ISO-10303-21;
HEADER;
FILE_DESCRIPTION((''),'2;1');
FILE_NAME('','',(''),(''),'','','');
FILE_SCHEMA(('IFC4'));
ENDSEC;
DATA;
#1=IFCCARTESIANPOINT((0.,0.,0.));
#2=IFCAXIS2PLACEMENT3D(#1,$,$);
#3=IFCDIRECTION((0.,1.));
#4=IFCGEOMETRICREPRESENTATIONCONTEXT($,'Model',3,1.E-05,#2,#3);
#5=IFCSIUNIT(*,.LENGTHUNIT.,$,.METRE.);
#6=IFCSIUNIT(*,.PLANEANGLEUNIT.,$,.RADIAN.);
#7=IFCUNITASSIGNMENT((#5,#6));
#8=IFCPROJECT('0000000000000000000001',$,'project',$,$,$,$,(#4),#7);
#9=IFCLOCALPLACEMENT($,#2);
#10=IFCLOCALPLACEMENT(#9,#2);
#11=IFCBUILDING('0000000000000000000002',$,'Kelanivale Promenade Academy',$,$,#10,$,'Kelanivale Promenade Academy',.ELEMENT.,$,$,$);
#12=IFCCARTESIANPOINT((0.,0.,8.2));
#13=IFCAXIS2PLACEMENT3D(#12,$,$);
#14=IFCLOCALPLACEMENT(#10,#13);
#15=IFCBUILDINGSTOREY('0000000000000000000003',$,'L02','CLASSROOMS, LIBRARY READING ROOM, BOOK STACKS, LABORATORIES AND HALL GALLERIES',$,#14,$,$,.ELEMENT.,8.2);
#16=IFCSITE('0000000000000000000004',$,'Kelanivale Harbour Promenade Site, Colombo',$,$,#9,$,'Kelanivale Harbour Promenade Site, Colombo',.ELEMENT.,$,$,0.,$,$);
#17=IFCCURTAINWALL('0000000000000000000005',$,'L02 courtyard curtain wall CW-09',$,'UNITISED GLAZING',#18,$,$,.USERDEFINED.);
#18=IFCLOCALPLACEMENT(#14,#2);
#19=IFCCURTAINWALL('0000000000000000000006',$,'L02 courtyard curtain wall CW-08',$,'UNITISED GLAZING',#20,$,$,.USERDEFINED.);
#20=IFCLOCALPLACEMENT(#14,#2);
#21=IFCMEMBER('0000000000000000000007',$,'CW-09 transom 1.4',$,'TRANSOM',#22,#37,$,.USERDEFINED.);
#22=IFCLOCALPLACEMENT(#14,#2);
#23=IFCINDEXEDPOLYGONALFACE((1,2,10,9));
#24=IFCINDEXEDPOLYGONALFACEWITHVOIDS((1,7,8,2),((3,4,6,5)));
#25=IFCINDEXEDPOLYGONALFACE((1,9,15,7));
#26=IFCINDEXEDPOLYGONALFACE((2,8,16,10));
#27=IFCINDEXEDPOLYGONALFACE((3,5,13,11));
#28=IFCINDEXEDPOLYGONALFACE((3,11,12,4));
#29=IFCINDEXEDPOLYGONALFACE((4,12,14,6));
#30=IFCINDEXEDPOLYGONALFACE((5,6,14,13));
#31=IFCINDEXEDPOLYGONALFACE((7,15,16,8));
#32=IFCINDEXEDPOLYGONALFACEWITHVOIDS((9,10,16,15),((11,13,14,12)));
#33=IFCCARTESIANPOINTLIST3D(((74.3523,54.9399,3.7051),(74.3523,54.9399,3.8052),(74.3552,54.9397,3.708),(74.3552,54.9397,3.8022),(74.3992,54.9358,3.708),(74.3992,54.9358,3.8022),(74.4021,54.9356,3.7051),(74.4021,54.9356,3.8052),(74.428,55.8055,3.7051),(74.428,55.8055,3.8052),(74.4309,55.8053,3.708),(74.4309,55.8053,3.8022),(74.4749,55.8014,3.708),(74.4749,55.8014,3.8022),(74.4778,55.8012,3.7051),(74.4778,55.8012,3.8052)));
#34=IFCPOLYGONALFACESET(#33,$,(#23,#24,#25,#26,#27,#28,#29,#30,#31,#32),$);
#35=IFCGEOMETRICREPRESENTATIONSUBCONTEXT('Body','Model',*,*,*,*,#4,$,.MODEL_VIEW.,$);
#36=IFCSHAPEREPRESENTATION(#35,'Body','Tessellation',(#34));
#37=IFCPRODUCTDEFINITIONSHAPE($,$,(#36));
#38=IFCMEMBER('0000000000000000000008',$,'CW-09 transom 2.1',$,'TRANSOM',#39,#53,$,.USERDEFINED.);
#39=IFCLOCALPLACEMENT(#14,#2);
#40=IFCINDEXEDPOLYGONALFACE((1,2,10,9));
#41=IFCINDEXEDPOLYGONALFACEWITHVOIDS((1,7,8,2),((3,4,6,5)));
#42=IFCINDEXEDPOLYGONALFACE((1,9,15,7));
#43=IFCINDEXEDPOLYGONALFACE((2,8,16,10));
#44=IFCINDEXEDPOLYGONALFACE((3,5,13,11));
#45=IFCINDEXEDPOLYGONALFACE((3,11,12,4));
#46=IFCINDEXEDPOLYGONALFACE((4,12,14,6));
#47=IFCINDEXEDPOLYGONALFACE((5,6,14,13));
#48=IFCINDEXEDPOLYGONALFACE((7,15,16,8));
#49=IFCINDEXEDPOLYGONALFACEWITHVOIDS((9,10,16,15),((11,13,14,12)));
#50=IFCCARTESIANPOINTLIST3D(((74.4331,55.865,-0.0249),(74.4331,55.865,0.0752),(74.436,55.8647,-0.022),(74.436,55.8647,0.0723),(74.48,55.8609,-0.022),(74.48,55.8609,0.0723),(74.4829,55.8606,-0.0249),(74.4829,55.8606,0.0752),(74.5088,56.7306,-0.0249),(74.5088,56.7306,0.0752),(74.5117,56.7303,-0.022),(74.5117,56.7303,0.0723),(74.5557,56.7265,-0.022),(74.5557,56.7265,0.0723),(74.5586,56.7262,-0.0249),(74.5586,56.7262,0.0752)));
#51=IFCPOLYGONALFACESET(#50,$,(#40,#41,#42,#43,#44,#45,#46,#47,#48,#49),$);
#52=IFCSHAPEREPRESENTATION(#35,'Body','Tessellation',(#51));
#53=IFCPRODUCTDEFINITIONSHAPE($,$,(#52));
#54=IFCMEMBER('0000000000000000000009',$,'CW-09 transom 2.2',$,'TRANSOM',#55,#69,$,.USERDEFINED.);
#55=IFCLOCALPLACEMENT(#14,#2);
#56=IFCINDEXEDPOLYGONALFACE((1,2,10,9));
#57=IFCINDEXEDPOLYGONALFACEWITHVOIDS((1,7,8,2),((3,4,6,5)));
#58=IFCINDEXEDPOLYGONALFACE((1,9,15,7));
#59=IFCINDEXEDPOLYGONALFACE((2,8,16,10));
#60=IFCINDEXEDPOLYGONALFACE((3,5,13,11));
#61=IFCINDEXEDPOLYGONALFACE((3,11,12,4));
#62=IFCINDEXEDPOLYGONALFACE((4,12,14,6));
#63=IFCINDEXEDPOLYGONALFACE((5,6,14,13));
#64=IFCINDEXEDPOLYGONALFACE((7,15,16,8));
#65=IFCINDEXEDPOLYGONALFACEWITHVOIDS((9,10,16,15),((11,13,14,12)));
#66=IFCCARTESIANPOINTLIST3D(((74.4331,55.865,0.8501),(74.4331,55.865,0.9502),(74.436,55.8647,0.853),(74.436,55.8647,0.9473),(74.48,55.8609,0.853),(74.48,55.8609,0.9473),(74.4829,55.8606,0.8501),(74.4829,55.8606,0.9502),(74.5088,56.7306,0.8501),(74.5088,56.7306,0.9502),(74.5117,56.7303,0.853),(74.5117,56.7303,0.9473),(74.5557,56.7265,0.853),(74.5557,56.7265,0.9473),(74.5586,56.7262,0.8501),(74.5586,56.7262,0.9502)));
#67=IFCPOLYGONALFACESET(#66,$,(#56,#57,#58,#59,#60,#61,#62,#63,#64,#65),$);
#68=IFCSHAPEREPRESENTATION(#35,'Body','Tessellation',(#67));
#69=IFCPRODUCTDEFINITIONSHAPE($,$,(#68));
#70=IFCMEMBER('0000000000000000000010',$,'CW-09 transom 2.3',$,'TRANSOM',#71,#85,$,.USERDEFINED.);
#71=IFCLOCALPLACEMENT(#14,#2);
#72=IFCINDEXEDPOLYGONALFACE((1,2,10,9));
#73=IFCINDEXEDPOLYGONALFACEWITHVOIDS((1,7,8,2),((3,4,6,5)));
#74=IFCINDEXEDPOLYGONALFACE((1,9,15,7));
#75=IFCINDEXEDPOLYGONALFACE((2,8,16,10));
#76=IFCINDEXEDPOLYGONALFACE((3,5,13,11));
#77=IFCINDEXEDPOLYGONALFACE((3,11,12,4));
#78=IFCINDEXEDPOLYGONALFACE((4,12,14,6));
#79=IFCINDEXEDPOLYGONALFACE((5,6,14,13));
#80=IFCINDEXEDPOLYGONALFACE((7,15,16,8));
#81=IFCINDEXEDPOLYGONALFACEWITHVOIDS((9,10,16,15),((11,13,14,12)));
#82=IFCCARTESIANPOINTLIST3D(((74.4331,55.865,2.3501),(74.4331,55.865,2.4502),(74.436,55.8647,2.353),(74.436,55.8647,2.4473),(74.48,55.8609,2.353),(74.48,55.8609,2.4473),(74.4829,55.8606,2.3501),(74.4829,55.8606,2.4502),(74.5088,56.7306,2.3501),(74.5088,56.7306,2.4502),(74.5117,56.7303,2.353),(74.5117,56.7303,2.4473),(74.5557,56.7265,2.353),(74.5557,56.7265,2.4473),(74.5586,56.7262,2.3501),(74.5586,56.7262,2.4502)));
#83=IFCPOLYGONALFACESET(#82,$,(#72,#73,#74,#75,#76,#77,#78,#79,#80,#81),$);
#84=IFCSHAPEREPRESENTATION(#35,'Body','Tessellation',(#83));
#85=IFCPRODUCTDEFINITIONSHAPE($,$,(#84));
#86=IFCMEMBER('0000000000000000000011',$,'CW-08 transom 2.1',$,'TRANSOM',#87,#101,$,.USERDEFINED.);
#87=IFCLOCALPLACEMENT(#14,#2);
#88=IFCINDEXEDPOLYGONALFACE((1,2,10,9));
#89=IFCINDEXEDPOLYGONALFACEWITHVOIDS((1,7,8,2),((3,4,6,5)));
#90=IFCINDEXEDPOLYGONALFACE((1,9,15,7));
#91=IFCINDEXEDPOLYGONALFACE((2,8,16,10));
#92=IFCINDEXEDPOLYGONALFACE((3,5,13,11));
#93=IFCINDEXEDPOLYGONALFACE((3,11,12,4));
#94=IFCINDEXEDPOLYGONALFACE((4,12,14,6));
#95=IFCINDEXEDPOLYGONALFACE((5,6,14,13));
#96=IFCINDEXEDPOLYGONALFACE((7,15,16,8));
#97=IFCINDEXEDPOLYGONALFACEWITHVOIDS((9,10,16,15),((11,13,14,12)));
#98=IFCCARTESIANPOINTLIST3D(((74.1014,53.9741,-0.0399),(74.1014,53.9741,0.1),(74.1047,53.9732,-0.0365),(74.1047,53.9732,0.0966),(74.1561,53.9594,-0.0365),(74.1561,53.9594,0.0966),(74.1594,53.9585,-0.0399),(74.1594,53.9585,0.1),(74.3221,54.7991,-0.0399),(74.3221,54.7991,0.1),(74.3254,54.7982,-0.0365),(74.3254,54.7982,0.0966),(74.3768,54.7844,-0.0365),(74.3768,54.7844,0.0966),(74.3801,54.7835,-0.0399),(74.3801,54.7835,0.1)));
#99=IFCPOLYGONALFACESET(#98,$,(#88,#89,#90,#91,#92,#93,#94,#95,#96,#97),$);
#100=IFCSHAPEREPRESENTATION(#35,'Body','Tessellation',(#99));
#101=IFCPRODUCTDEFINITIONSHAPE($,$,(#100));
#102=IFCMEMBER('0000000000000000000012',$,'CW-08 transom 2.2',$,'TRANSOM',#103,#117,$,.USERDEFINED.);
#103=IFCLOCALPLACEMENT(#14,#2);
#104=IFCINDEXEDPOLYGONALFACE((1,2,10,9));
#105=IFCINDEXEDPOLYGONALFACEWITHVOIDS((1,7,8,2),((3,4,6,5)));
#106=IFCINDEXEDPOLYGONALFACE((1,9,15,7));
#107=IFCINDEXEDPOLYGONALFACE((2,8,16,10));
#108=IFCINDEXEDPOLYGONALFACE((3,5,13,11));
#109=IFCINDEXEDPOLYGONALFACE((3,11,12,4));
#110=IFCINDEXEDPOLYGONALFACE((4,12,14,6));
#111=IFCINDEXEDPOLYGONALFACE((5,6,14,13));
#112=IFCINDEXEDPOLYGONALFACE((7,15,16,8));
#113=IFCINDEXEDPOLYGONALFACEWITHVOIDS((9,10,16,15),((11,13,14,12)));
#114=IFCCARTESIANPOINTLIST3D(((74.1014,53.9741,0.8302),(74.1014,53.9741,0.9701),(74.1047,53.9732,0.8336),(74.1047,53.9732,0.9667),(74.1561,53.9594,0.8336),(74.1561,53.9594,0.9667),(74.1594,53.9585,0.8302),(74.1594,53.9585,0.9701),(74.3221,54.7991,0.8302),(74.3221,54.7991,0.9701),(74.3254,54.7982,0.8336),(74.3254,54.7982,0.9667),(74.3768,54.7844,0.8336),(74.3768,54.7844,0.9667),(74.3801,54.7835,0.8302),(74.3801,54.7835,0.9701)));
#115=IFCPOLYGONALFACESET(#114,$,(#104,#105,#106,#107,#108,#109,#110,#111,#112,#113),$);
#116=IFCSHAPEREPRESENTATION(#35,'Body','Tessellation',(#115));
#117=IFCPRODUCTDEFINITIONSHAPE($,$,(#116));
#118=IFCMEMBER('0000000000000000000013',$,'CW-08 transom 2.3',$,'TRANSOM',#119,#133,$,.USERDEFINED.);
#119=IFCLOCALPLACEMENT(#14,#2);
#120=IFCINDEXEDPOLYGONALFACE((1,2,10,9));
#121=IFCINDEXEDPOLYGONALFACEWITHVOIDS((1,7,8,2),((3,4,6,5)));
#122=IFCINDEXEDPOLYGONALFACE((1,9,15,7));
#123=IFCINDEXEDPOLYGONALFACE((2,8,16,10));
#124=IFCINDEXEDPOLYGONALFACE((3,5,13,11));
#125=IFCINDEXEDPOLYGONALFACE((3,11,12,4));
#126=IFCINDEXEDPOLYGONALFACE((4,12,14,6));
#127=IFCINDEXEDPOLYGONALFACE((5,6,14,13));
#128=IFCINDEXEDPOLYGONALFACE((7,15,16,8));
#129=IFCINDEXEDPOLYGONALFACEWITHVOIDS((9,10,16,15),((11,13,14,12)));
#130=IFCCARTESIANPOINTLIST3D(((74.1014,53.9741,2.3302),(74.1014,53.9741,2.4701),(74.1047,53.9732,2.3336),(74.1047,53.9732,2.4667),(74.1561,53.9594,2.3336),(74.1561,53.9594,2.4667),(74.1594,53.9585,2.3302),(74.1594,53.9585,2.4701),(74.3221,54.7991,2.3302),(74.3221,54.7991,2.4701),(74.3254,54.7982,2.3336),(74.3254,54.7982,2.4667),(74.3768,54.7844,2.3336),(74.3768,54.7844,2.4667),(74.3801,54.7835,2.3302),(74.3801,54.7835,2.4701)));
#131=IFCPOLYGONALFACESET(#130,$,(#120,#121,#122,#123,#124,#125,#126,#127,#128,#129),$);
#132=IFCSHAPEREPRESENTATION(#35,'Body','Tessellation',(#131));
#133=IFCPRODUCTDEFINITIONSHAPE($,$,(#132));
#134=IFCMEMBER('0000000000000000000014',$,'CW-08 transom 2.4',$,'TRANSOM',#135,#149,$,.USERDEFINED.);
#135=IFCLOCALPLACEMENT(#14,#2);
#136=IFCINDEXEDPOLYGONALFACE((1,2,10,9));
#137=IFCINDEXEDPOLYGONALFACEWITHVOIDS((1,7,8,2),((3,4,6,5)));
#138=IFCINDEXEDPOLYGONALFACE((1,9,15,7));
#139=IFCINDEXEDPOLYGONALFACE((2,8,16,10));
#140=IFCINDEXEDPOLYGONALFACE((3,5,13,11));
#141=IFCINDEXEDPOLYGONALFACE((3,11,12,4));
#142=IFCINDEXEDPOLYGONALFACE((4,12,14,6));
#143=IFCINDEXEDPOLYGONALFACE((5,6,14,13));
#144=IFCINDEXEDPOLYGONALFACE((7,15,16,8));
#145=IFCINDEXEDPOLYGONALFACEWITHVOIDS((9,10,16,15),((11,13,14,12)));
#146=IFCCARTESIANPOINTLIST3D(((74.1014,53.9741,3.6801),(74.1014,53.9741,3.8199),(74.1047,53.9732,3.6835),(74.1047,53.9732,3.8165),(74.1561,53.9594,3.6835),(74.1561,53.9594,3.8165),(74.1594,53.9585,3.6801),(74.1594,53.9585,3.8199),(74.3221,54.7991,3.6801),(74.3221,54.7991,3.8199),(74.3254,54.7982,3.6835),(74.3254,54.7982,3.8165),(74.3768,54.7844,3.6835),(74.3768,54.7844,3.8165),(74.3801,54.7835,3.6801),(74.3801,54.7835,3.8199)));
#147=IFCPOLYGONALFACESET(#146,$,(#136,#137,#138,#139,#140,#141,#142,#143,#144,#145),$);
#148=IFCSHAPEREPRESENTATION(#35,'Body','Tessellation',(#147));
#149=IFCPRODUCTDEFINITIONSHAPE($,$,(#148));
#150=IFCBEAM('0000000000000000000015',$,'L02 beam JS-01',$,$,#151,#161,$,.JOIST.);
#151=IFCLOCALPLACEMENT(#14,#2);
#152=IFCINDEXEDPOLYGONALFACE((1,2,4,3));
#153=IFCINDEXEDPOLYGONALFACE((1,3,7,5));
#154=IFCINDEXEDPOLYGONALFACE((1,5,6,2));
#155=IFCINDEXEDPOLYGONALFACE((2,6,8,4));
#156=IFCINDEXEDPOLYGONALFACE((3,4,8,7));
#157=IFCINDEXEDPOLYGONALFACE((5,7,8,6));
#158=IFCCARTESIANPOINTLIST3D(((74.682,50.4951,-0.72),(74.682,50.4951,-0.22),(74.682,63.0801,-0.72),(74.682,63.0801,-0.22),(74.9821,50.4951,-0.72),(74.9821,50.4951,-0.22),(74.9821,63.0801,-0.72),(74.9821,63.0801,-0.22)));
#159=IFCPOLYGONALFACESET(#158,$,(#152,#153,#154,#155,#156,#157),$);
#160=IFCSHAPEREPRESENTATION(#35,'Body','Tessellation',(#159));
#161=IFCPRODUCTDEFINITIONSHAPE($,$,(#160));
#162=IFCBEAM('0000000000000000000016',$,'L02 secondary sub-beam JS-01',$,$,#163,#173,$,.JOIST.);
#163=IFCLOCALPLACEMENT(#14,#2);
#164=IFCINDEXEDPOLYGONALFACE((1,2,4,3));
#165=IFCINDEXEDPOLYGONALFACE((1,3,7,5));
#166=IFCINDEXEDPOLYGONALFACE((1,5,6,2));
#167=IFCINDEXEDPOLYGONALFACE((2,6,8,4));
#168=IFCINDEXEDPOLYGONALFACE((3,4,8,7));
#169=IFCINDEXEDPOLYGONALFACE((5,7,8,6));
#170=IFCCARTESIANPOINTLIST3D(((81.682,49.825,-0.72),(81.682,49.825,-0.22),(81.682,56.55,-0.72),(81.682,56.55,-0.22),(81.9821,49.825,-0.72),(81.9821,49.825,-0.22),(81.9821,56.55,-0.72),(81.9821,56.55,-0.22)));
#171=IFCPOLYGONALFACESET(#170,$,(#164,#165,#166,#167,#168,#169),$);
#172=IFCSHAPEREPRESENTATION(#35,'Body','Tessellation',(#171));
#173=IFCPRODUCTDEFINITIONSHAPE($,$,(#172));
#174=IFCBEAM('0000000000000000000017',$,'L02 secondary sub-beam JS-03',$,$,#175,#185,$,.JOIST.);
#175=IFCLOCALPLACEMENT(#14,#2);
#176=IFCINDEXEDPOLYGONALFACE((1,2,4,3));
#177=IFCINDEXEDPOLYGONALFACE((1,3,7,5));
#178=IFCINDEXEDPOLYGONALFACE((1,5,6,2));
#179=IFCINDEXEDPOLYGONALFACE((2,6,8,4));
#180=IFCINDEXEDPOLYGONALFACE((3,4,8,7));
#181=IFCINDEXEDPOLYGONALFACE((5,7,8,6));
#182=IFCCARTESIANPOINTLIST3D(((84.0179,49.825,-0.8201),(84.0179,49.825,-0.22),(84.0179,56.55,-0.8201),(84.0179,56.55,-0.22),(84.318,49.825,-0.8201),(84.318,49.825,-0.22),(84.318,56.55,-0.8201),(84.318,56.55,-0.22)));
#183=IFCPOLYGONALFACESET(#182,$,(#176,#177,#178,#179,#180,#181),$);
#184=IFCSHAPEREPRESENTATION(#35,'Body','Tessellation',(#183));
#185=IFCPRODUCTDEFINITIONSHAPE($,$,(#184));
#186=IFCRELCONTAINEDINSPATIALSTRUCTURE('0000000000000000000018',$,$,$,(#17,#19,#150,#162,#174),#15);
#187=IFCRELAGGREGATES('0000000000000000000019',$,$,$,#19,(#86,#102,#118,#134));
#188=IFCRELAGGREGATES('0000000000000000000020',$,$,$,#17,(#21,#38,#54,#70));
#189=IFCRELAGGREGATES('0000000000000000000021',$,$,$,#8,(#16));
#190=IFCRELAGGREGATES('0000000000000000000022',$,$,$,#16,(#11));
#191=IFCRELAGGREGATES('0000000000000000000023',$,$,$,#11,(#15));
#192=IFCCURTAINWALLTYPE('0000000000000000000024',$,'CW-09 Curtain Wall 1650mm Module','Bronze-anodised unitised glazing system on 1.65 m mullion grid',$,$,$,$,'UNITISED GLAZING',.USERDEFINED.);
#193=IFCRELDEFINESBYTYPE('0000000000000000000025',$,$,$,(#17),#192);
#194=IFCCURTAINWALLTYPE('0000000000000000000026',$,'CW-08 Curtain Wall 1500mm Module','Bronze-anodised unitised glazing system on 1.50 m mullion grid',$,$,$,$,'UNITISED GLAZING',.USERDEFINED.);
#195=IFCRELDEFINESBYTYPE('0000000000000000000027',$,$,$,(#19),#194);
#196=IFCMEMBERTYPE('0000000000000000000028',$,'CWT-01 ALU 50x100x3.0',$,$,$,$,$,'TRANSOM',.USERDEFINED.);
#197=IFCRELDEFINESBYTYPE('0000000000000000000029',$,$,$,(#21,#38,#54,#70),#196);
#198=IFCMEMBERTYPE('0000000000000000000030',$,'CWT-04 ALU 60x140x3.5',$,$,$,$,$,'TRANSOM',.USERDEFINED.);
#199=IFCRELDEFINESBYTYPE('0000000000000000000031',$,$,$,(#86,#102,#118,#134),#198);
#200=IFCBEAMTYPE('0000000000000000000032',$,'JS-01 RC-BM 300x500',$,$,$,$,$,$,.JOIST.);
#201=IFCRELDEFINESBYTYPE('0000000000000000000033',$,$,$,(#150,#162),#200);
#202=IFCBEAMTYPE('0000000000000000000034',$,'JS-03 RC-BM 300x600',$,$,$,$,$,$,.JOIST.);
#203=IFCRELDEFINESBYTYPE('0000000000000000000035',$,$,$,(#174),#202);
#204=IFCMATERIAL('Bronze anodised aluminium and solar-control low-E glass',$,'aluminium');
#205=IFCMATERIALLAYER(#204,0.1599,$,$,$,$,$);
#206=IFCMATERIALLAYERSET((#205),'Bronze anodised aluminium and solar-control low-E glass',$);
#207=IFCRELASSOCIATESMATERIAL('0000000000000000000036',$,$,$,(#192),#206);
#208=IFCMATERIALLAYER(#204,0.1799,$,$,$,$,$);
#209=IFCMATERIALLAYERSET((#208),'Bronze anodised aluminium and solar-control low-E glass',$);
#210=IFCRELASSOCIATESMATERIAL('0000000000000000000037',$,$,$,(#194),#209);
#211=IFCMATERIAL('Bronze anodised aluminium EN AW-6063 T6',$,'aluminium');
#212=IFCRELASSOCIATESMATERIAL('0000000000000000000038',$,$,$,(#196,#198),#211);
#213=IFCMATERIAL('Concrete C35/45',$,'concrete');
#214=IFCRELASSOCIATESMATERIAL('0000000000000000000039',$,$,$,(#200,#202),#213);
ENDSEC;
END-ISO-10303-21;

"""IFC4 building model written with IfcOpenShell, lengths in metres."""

from ifc_helpers import new_model, si_unit, direction, frame, origin, origin_2d, place, context, subcontext, project, spatial, rectangle, hollow_rectangle, extrude, material, layer, layer_set, material_profile, profile_set, type_object, element, aggregate, save


model = new_model("IFC4")

# Units and contexts
model_context = context("Model", 3, precision=1e-05, world=origin(), true_north=direction((0.0, 1.0)))
body_context = subcontext(model_context, "Body", "Model", "MODEL_VIEW")
ifc_project = project(units=[si_unit("LENGTHUNIT", "METRE"), si_unit("PLANEANGLEUNIT", "RADIAN")], contexts=[model_context])

# Site, building, storey
site_placement = place(None, origin())
site = spatial("IfcSite", under=ifc_project, at=site_placement, Name="Kelanivale Harbour Promenade Site, Colombo", LongName="Kelanivale Harbour Promenade Site, Colombo", CompositionType="ELEMENT", RefElevation=0.0)
building_placement = place(site_placement, origin())
building = spatial("IfcBuilding", under=site, at=building_placement, Name="Kelanivale Promenade Academy", LongName="Kelanivale Promenade Academy", CompositionType="ELEMENT")
storey_placement = place(building_placement, frame((0.0, 0.0, 8.2)))
storey = spatial("IfcBuildingStorey", under=building, at=storey_placement, Name="L02", Description="CLASSROOMS, LIBRARY READING ROOM, BOOK STACKS, LABORATORIES AND HALL GALLERIES", CompositionType="ELEMENT", Elevation=8.2)

# Shared definitions
ifc_material_1 = material(Name="Concrete C35/45", Category="concrete")

# Curtain wall
ifc_material_2 = material(Name="Bronze anodised aluminium and solar-control low-E glass", Category="aluminium")
ifc_layer_1 = layer(ifc_material_2, 0.1599)
ifc_layer_set_1 = layer_set([ifc_layer_1], Name="Bronze anodised aluminium and solar-control low-E glass")
curtain_wall_type_1 = type_object("IfcCurtainWallType", Name="CW-09 Curtain Wall 1650mm Module", Description="Bronze-anodised unitised glazing system on 1.65 m mullion grid", ElementType="UNITISED GLAZING", PredefinedType="USERDEFINED", material=ifc_layer_set_1)
curtain_wall_1_placement = place(storey_placement, origin())
curtain_wall_1 = element("IfcCurtainWall", 1, at=curtain_wall_1_placement, inside=storey, type_object=curtain_wall_type_1, Name="L02 courtyard curtain wall CW-09", ObjectType="UNITISED GLAZING", PredefinedType="USERDEFINED")
ifc_material_3 = material(Name="Bronze anodised aluminium EN AW-6063 T6", Category="aluminium")

# Curtain wall
ifc_layer_2 = layer(ifc_material_2, 0.1799)
ifc_layer_set_2 = layer_set([ifc_layer_2], Name="Bronze anodised aluminium and solar-control low-E glass")
curtain_wall_type_2 = type_object("IfcCurtainWallType", Name="CW-08 Curtain Wall 1500mm Module", Description="Bronze-anodised unitised glazing system on 1.50 m mullion grid", ElementType="UNITISED GLAZING", PredefinedType="USERDEFINED", material=ifc_layer_set_2)
curtain_wall_2_placement = place(storey_placement, origin())
curtain_wall_2 = element("IfcCurtainWall", 2, at=curtain_wall_2_placement, inside=storey, type_object=curtain_wall_type_2, Name="L02 courtyard curtain wall CW-08", ObjectType="UNITISED GLAZING", PredefinedType="USERDEFINED")

# Members
ifc_material_profile_1 = material_profile(ifc_material_3, hollow_rectangle(XDim=0.05, YDim=0.1001, WallThickness=0.0029, at=origin_2d()), Name="ALU 50x100x3.0")
ifc_profile_set_1 = profile_set([ifc_material_profile_1], Name="Bronze anodised aluminium EN AW-6063 T6")
member_type_1 = type_object("IfcMemberType", Name="CWT-01 ALU 50x100x3.0", ElementType="TRANSOM", PredefinedType="USERDEFINED", material=ifc_profile_set_1)
member_1_placement = place(storey_placement, frame((74.3772, 54.9377, 3.7551), z_axis=(0.087115, 0.996198, 0.0), x_axis=(-0.996198, 0.087115, 0.0)))
member_1 = element("IfcMember", 3, at=member_1_placement, type_object=member_type_1, Name="CW-09 transom 1.4", ObjectType="TRANSOM", PredefinedType="USERDEFINED", context=body_context, shape_type="SweptSolid", body=[
    extrude(hollow_rectangle(XDim=0.05, YDim=0.1001, WallThickness=0.0029, at=origin_2d()), origin(), (0.0, 0.0, 1.0), 0.8689),
])
member_2_placement = place(storey_placement, frame((74.458, 55.8628, 0.0251), z_axis=(0.087115, 0.996198, 0.0), x_axis=(-0.996198, 0.087115, 0.0)))
member_2 = element("IfcMember", 4, at=member_2_placement, type_object=member_type_1, Name="CW-09 transom 2.1", ObjectType="TRANSOM", PredefinedType="USERDEFINED", context=body_context, shape_type="SweptSolid", body=[
    extrude(hollow_rectangle(XDim=0.05, YDim=0.1001, WallThickness=0.0029, at=origin_2d()), origin(), (0.0, 0.0, 1.0), 0.8689),
])
member_3_placement = place(storey_placement, frame((74.458, 55.8628, 0.9001), z_axis=(0.087115, 0.996198, 0.0), x_axis=(-0.996198, 0.087115, 0.0)))
member_3 = element("IfcMember", 5, at=member_3_placement, type_object=member_type_1, Name="CW-09 transom 2.2", ObjectType="TRANSOM", PredefinedType="USERDEFINED", context=body_context, shape_type="SweptSolid", body=[
    extrude(hollow_rectangle(XDim=0.05, YDim=0.1001, WallThickness=0.0029, at=origin_2d()), origin(), (0.0, 0.0, 1.0), 0.8689),
])
member_4_placement = place(storey_placement, frame((74.458, 55.8628, 2.4001), z_axis=(0.087115, 0.996198, 0.0), x_axis=(-0.996198, 0.087115, 0.0)))
member_4 = element("IfcMember", 6, at=member_4_placement, type_object=member_type_1, Name="CW-09 transom 2.3", ObjectType="TRANSOM", PredefinedType="USERDEFINED", context=body_context, shape_type="SweptSolid", body=[
    extrude(hollow_rectangle(XDim=0.05, YDim=0.1001, WallThickness=0.0029, at=origin_2d()), origin(), (0.0, 0.0, 1.0), 0.8689),
])
ifc_material_profile_2 = material_profile(ifc_material_3, hollow_rectangle(XDim=0.0601, YDim=0.1399, WallThickness=0.0034, at=origin_2d()), Name="ALU 60x140x3.5")
ifc_profile_set_2 = profile_set([ifc_material_profile_2], Name="Bronze anodised aluminium EN AW-6063 T6")
member_type_2 = type_object("IfcMemberType", Name="CWT-04 ALU 60x140x3.5", ElementType="TRANSOM", PredefinedType="USERDEFINED", material=ifc_profile_set_2)
member_5_placement = place(storey_placement, frame((74.1304, 53.9663, 0.03), z_axis=(0.258446, 0.966026, 0.0), x_axis=(-0.966026, 0.258446, 0.0)))
member_5 = element("IfcMember", 7, at=member_5_placement, type_object=member_type_2, Name="CW-08 transom 2.1", ObjectType="TRANSOM", PredefinedType="USERDEFINED", context=body_context, shape_type="SweptSolid", body=[
    extrude(hollow_rectangle(XDim=0.0601, YDim=0.1399, WallThickness=0.0034, at=origin_2d()), origin(), (0.0, 0.0, 1.0), 0.854),
])
member_6_placement = place(storey_placement, frame((74.1304, 53.9663, 0.9001), z_axis=(0.258446, 0.966026, 0.0), x_axis=(-0.966026, 0.258446, 0.0)))
member_6 = element("IfcMember", 8, at=member_6_placement, type_object=member_type_2, Name="CW-08 transom 2.2", ObjectType="TRANSOM", PredefinedType="USERDEFINED", context=body_context, shape_type="SweptSolid", body=[
    extrude(hollow_rectangle(XDim=0.0601, YDim=0.1399, WallThickness=0.0034, at=origin_2d()), origin(), (0.0, 0.0, 1.0), 0.854),
])
member_7_placement = place(storey_placement, frame((74.1304, 53.9663, 2.4001), z_axis=(0.258446, 0.966026, 0.0), x_axis=(-0.966026, 0.258446, 0.0)))
member_7 = element("IfcMember", 9, at=member_7_placement, type_object=member_type_2, Name="CW-08 transom 2.3", ObjectType="TRANSOM", PredefinedType="USERDEFINED", context=body_context, shape_type="SweptSolid", body=[
    extrude(hollow_rectangle(XDim=0.0601, YDim=0.1399, WallThickness=0.0034, at=origin_2d()), origin(), (0.0, 0.0, 1.0), 0.854),
])
member_8_placement = place(storey_placement, frame((74.1304, 53.9663, 3.75), z_axis=(0.258446, 0.966026, 0.0), x_axis=(-0.966026, 0.258446, 0.0)))
member_8 = element("IfcMember", 10, at=member_8_placement, type_object=member_type_2, Name="CW-08 transom 2.4", ObjectType="TRANSOM", PredefinedType="USERDEFINED", context=body_context, shape_type="SweptSolid", body=[
    extrude(hollow_rectangle(XDim=0.0601, YDim=0.1399, WallThickness=0.0034, at=origin_2d()), origin(), (0.0, 0.0, 1.0), 0.854),
])

# Beams
ifc_material_profile_3 = material_profile(ifc_material_1, rectangle(XDim=0.3, YDim=0.5, at=origin_2d()), Name="RC-BM 300x500")
ifc_profile_set_3 = profile_set([ifc_material_profile_3], Name="Concrete C35/45")
beam_type_1 = type_object("IfcBeamType", Name="JS-01 RC-BM 300x500", PredefinedType="JOIST", material=ifc_profile_set_3)
beam_1_placement = place(storey_placement, frame((74.832, 50.4951, -0.47), z_axis=(0.0, 1.0, 0.0), x_axis=(-1.0, 0.0, 0.0)))
element("IfcBeam", 11, at=beam_1_placement, inside=storey, type_object=beam_type_1, Name="L02 beam JS-01", PredefinedType="JOIST", context=body_context, shape_type="SweptSolid", body=[
    extrude(rectangle(XDim=0.3, YDim=0.5, at=origin_2d()), origin(), (0.0, 0.0, 1.0), 12.585),
])
beam_2_placement = place(storey_placement, frame((81.832, 49.825, -0.47), z_axis=(0.0, 1.0, 0.0), x_axis=(-1.0, 0.0, 0.0)))
element("IfcBeam", 12, at=beam_2_placement, inside=storey, type_object=beam_type_1, Name="L02 secondary sub-beam JS-01", PredefinedType="JOIST", context=body_context, shape_type="SweptSolid", body=[
    extrude(rectangle(XDim=0.3, YDim=0.5, at=origin_2d()), origin(), (0.0, 0.0, 1.0), 6.7251),
])
ifc_material_profile_4 = material_profile(ifc_material_1, rectangle(XDim=0.3, YDim=0.6001, at=origin_2d()), Name="RC-BM 300x600")
ifc_profile_set_4 = profile_set([ifc_material_profile_4], Name="Concrete C35/45")
beam_type_2 = type_object("IfcBeamType", Name="JS-03 RC-BM 300x600", PredefinedType="JOIST", material=ifc_profile_set_4)
beam_3_placement = place(storey_placement, frame((84.168, 49.825, -0.52), z_axis=(0.0, 1.0, 0.0), x_axis=(-1.0, 0.0, 0.0)))
element("IfcBeam", 13, at=beam_3_placement, inside=storey, type_object=beam_type_2, Name="L02 secondary sub-beam JS-03", PredefinedType="JOIST", context=body_context, shape_type="SweptSolid", body=[
    extrude(rectangle(XDim=0.3, YDim=0.6001, at=origin_2d()), origin(), (0.0, 0.0, 1.0), 6.7251),
])

aggregate(curtain_wall_2, [member_5, member_6, member_7, member_8])
aggregate(curtain_wall_1, [member_1, member_2, member_3, member_4])

save(model, "model.ifc")
